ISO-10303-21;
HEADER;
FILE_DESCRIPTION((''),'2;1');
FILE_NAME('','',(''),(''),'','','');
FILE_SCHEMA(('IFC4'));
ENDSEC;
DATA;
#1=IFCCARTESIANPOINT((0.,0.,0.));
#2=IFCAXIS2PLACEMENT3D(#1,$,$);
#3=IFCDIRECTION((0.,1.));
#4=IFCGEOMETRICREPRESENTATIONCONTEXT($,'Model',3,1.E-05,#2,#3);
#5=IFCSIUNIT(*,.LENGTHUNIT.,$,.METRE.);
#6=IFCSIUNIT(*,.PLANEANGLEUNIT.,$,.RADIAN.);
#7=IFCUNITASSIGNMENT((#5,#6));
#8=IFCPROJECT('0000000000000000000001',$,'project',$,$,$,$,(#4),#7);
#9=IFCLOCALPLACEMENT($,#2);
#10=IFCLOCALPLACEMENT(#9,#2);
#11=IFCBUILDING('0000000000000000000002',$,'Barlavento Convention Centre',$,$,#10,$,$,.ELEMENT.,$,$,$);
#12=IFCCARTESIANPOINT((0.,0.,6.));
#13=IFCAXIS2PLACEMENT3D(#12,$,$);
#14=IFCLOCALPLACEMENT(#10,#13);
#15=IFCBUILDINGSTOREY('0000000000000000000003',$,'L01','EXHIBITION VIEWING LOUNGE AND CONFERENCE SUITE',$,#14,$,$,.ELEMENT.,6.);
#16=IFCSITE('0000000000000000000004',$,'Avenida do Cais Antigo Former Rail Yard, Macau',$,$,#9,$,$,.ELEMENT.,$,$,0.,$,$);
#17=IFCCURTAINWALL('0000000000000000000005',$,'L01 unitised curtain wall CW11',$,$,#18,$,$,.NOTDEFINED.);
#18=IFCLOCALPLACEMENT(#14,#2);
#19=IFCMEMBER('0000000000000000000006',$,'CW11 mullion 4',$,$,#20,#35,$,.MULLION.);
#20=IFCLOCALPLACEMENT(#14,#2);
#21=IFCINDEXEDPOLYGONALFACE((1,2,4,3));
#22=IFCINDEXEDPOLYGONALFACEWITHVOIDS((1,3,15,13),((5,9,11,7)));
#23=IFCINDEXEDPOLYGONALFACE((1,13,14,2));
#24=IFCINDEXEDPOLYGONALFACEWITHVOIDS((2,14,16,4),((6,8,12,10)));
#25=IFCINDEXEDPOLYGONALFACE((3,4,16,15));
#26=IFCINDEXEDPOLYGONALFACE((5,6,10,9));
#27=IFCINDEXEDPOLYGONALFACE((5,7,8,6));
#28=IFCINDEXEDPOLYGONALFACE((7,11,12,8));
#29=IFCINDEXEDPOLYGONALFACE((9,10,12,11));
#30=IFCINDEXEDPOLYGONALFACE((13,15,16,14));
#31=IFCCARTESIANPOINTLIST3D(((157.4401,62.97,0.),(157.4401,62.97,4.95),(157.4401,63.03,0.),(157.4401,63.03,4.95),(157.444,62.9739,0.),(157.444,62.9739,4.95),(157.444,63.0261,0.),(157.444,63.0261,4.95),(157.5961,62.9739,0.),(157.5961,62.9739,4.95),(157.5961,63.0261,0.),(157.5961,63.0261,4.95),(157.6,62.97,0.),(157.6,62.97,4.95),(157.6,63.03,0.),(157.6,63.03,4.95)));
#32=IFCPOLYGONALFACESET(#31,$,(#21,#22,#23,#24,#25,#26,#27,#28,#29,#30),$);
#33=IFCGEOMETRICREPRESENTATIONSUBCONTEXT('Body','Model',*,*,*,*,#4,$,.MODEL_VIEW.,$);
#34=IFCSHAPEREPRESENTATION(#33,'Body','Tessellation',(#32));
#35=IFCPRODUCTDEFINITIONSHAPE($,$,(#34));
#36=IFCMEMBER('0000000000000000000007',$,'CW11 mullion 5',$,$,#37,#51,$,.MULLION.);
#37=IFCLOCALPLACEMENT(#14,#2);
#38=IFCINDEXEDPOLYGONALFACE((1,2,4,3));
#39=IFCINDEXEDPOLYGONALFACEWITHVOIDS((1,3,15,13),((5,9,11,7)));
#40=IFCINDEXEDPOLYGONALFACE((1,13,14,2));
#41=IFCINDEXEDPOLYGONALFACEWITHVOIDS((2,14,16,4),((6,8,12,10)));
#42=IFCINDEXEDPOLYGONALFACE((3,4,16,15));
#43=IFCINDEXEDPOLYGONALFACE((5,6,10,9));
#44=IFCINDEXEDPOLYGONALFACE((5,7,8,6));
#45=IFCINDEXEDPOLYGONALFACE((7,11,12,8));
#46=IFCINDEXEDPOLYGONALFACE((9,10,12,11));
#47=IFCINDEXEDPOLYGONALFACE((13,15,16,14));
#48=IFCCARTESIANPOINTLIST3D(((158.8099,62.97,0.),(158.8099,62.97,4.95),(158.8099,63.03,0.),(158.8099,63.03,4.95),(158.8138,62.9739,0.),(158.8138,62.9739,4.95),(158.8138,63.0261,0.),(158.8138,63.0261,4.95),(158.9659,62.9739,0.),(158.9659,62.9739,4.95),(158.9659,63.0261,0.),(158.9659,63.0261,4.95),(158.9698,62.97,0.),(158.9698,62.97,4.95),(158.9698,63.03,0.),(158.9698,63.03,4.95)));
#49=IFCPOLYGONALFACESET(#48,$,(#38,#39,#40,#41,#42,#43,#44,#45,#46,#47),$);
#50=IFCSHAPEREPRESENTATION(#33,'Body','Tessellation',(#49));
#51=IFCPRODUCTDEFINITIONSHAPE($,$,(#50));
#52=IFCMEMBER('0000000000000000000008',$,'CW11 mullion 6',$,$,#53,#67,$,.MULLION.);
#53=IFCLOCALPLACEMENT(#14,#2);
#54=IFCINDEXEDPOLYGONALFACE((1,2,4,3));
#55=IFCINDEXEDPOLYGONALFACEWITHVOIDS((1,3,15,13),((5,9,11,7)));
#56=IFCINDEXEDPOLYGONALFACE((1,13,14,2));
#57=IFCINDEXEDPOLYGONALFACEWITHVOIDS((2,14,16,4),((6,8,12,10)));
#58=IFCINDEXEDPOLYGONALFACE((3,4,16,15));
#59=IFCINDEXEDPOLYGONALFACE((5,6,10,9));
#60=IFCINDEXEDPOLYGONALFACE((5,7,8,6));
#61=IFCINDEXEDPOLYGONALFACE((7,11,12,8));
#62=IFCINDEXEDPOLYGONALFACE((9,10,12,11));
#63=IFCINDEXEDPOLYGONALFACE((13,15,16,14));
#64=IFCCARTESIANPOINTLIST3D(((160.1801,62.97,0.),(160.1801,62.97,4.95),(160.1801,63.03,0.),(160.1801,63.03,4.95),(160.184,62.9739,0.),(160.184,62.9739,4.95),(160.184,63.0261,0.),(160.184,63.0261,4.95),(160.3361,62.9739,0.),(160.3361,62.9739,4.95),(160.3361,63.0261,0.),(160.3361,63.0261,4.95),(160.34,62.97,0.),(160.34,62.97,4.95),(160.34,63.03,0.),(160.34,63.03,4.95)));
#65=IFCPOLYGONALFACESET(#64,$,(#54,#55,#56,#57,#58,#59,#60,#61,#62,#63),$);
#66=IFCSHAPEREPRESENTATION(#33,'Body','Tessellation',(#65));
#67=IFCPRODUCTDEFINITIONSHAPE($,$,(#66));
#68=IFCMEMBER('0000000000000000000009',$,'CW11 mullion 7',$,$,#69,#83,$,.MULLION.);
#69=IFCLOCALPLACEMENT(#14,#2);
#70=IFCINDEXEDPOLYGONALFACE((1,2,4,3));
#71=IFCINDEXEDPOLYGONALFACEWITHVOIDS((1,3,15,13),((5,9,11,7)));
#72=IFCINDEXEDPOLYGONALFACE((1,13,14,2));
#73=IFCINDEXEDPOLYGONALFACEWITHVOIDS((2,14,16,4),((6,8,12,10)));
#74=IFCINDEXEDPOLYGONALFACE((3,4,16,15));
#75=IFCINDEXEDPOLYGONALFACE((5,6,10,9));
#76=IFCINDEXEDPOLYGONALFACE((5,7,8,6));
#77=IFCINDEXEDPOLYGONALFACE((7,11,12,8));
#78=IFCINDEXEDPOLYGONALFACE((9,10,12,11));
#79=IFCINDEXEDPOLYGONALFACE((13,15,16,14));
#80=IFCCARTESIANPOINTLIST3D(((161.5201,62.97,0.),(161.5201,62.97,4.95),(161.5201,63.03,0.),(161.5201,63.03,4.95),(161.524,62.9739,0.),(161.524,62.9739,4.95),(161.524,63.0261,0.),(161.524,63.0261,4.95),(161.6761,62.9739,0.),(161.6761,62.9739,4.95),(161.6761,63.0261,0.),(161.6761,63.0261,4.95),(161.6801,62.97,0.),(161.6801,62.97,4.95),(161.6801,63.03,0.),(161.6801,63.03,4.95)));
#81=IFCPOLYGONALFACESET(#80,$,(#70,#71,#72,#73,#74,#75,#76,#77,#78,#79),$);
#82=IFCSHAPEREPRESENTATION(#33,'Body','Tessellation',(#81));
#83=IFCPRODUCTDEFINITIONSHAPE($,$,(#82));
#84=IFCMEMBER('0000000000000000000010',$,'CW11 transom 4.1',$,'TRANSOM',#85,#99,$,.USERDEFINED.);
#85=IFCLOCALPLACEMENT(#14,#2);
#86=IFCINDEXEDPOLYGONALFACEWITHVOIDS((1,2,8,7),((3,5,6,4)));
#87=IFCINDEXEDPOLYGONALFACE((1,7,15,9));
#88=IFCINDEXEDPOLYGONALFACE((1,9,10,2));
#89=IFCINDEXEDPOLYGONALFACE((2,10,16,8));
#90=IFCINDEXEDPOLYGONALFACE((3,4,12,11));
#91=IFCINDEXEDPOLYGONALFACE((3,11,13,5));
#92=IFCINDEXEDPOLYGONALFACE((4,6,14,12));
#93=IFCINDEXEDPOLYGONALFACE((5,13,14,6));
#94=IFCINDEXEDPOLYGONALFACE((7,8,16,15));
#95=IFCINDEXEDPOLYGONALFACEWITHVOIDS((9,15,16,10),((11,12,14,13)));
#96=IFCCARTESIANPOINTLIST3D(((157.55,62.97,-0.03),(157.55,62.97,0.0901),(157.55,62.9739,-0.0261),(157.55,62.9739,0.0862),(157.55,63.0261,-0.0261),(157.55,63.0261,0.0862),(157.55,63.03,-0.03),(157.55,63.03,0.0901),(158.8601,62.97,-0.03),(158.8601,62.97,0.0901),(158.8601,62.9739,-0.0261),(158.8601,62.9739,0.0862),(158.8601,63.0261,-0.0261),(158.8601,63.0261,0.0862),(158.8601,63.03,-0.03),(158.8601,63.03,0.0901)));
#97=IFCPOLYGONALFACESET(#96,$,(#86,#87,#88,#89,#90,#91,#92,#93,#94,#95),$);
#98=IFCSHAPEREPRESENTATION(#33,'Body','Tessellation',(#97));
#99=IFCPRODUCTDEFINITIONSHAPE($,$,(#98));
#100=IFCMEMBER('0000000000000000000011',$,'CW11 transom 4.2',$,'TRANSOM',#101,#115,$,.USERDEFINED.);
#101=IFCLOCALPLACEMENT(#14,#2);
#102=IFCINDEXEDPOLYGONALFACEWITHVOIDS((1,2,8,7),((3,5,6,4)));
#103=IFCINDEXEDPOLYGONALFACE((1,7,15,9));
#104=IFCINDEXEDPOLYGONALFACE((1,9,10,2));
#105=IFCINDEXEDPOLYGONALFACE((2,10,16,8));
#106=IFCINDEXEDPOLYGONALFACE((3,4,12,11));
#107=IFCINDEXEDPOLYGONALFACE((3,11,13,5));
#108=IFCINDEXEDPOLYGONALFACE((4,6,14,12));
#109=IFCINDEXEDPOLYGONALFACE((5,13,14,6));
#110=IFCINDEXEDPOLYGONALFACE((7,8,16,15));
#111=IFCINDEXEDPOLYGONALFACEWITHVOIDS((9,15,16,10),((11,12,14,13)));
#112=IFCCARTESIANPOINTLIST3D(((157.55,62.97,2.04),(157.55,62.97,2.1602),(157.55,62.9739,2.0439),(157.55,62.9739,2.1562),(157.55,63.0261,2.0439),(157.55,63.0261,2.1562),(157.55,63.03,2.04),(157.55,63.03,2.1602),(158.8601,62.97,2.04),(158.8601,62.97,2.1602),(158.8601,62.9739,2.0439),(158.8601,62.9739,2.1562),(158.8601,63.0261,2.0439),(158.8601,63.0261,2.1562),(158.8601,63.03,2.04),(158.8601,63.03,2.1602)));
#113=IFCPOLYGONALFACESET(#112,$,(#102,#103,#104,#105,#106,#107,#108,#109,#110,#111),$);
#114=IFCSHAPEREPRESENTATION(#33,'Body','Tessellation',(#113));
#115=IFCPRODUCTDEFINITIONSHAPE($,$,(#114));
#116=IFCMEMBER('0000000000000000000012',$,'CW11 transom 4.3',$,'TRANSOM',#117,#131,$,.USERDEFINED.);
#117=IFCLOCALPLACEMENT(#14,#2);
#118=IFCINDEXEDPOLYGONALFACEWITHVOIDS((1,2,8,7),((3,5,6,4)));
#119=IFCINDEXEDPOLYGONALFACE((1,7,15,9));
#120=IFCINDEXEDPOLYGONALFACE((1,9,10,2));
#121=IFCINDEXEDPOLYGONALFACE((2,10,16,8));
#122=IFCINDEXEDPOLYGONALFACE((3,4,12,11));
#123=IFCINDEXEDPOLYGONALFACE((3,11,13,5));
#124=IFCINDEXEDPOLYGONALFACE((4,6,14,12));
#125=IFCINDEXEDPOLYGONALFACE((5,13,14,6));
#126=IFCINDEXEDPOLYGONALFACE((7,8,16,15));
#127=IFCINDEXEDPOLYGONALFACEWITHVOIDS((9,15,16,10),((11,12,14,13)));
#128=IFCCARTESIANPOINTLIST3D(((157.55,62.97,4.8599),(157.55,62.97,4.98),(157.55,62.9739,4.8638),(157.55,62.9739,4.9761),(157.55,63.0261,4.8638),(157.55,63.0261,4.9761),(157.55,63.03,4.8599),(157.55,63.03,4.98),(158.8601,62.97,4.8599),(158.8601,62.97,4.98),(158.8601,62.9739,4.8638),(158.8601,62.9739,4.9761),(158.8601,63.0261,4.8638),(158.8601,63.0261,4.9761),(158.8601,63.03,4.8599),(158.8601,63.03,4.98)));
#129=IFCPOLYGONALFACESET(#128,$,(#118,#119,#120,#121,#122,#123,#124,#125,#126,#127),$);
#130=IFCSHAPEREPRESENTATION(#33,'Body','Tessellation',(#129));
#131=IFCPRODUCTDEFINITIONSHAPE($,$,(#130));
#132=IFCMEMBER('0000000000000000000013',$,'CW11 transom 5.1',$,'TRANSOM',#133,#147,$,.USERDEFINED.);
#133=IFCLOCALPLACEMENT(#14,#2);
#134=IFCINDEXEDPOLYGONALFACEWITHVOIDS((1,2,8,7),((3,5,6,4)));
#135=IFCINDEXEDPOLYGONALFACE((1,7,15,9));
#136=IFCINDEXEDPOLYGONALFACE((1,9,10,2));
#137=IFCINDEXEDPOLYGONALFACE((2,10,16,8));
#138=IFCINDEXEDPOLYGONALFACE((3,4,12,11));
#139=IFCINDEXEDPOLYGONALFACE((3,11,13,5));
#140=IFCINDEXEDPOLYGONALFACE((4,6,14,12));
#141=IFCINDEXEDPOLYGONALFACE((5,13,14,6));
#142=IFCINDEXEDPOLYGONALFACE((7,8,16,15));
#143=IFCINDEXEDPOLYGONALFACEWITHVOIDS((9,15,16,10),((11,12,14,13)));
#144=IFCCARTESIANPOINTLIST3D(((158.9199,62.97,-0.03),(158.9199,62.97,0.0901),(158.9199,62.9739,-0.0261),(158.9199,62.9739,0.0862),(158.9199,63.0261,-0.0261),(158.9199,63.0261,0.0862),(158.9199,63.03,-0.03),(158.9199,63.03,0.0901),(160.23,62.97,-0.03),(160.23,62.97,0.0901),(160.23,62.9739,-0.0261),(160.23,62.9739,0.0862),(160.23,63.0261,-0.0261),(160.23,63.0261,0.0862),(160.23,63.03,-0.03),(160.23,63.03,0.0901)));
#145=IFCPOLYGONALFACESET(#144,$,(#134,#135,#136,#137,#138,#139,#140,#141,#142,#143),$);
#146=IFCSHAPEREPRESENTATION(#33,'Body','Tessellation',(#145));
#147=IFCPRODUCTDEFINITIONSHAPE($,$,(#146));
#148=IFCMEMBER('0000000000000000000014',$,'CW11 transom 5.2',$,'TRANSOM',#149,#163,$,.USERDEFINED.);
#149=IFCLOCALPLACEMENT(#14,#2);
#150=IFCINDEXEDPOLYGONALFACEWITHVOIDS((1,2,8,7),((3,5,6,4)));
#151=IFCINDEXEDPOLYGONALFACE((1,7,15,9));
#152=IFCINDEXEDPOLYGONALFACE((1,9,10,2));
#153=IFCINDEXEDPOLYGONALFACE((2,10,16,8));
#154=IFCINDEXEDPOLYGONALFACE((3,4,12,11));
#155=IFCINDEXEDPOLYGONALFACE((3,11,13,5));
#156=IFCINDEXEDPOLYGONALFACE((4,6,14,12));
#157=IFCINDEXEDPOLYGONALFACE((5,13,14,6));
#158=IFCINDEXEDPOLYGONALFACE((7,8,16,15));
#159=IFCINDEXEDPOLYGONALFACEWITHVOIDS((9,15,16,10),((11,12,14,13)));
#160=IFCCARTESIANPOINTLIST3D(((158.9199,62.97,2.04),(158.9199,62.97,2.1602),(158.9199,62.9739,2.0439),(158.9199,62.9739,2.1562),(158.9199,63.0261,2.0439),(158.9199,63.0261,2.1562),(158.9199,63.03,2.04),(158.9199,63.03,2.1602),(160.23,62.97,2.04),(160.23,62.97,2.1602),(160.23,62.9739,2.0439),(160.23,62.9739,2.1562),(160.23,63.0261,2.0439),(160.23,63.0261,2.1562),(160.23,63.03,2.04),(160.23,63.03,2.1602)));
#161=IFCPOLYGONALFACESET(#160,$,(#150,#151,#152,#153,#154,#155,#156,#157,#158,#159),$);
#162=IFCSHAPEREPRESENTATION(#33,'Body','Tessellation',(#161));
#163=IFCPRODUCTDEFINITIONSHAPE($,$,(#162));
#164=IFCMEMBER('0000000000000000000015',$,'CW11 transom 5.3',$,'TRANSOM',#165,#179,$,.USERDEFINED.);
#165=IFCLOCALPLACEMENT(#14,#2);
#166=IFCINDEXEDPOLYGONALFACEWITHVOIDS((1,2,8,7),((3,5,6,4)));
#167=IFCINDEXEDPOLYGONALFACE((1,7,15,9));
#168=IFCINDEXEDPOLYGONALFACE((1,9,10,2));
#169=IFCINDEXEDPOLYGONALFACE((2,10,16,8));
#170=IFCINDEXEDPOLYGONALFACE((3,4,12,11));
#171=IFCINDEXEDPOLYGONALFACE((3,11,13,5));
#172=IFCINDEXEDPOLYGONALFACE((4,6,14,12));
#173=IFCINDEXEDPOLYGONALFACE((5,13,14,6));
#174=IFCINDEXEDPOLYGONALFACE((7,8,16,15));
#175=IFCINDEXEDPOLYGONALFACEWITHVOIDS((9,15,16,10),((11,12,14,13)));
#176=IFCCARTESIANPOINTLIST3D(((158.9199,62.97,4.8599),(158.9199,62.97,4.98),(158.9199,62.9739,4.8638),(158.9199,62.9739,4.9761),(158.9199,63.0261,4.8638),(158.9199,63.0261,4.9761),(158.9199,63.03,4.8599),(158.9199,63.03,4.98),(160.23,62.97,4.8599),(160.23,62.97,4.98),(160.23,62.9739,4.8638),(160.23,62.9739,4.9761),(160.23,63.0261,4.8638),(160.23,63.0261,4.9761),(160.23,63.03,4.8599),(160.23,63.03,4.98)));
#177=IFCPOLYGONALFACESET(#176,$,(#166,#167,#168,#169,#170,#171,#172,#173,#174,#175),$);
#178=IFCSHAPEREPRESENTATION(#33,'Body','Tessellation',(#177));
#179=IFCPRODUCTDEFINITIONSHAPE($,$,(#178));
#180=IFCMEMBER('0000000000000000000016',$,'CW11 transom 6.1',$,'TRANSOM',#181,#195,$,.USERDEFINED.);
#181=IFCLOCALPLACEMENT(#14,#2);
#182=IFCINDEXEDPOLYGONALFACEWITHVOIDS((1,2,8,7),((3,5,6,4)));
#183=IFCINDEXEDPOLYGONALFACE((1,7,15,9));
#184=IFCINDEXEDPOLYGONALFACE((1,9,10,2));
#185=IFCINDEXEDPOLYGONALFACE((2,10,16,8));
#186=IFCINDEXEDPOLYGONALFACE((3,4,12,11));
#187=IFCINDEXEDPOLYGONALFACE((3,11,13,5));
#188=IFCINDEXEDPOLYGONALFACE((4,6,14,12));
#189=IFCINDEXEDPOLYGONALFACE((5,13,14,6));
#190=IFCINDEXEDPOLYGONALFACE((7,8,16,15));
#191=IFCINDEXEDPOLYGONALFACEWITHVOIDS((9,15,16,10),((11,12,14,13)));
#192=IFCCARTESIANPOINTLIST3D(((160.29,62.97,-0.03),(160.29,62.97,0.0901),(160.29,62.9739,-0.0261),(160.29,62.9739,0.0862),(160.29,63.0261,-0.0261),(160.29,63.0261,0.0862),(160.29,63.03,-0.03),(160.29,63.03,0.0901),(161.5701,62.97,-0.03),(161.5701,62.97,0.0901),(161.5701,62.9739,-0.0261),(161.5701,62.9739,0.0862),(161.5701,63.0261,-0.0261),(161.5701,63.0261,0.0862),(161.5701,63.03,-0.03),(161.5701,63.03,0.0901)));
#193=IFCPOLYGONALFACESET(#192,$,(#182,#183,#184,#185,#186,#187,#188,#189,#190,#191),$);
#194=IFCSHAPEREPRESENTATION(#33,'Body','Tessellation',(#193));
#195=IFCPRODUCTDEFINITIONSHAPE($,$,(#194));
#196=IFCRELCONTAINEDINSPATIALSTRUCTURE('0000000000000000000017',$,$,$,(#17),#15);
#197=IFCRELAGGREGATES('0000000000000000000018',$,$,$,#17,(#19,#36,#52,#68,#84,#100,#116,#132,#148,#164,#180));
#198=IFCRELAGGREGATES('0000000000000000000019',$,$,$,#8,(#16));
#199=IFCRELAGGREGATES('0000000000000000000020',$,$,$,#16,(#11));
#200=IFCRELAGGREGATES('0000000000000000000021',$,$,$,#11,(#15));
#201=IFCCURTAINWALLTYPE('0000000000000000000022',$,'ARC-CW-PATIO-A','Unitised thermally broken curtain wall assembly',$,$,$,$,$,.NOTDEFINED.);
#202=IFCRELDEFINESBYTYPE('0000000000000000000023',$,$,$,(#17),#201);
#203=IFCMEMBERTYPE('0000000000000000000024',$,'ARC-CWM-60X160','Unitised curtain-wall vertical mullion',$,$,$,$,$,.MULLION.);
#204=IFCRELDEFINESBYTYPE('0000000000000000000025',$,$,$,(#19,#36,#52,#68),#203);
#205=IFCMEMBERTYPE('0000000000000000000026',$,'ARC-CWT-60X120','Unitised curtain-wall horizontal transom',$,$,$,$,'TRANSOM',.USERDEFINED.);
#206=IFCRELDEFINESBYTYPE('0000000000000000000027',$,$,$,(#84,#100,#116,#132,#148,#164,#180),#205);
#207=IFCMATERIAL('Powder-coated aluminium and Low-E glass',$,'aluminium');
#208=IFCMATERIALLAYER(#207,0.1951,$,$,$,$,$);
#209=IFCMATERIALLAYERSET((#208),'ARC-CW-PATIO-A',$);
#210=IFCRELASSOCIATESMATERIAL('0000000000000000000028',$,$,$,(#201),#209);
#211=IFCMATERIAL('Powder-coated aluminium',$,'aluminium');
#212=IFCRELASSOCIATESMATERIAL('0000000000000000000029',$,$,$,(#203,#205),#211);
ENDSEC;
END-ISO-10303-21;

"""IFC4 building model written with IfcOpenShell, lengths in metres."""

from ifc_helpers import new_model, si_unit, direction, frame, origin, origin_2d, place, context, subcontext, project, spatial, hollow_rectangle, extrude, material, layer, layer_set, material_profile, profile_set, type_object, element, aggregate, save


model = new_model("IFC4")

# Units and contexts
model_context = context("Model", 3, precision=1e-05, world=origin(), true_north=direction((0.0, 1.0)))
body_context = subcontext(model_context, "Body", "Model", "MODEL_VIEW")
ifc_project = project(units=[si_unit("LENGTHUNIT", "METRE"), si_unit("PLANEANGLEUNIT", "RADIAN")], contexts=[model_context])

# Site, building, storey
site_placement = place(None, origin())
site = spatial("IfcSite", under=ifc_project, at=site_placement, Name="Avenida do Cais Antigo Former Rail Yard, Macau", CompositionType="ELEMENT", RefElevation=0.0)
building_placement = place(site_placement, origin())
building = spatial("IfcBuilding", under=site, at=building_placement, Name="Barlavento Convention Centre", CompositionType="ELEMENT")
storey_placement = place(building_placement, frame((0.0, 0.0, 6.0)))
storey = spatial("IfcBuildingStorey", under=building, at=storey_placement, Name="L01", Description="EXHIBITION VIEWING LOUNGE AND CONFERENCE SUITE", CompositionType="ELEMENT", Elevation=6.0)

# Curtain wall, members
ifc_material_1 = material(Name="Powder-coated aluminium and Low-E glass", Category="aluminium")
ifc_layer_1 = layer(ifc_material_1, 0.1951)
ifc_layer_set_1 = layer_set([ifc_layer_1], Name="ARC-CW-PATIO-A")
curtain_wall_type = type_object("IfcCurtainWallType", Name="ARC-CW-PATIO-A", Description="Unitised thermally broken curtain wall assembly", PredefinedType="NOTDEFINED", material=ifc_layer_set_1)
curtain_wall_placement = place(storey_placement, origin())
curtain_wall = element("IfcCurtainWall", 1, at=curtain_wall_placement, inside=storey, type_object=curtain_wall_type, Name="L01 unitised curtain wall CW11", PredefinedType="NOTDEFINED")
ifc_material_2 = material(Name="Powder-coated aluminium", Category="aluminium")
ifc_material_profile_1 = material_profile(ifc_material_2, hollow_rectangle(XDim=0.0601, YDim=0.1599, WallThickness=0.0039, at=origin_2d()), Name="AL-MULL 60x160x4")
ifc_profile_set_1 = profile_set([ifc_material_profile_1], Name="Powder-coated aluminium")
member_type_1 = type_object("IfcMemberType", Name="ARC-CWM-60X160", Description="Unitised curtain-wall vertical mullion", PredefinedType="MULLION", material=ifc_profile_set_1)
member_1_placement = place(storey_placement, frame((157.52, 63.0, 0.0), z_axis=(0.0, 0.0, 1.0), x_axis=(0.0, 1.0, 0.0)))
member_1 = element("IfcMember", 2, at=member_1_placement, type_object=member_type_1, Name="CW11 mullion 4", PredefinedType="MULLION", context=body_context, shape_type="SweptSolid", body=[
    extrude(hollow_rectangle(XDim=0.0601, YDim=0.1599, WallThickness=0.0039, at=origin_2d()), origin(), (0.0, 0.0, 1.0), 4.95),
])
member_2_placement = place(storey_placement, frame((158.8899, 63.0, 0.0), z_axis=(0.0, 0.0, 1.0), x_axis=(0.0, 1.0, 0.0)))
member_2 = element("IfcMember", 3, at=member_2_placement, type_object=member_type_1, Name="CW11 mullion 5", PredefinedType="MULLION", context=body_context, shape_type="SweptSolid", body=[
    extrude(hollow_rectangle(XDim=0.0601, YDim=0.1599, WallThickness=0.0039, at=origin_2d()), origin(), (0.0, 0.0, 1.0), 4.95),
])
member_3_placement = place(storey_placement, frame((160.26, 63.0, 0.0), z_axis=(0.0, 0.0, 1.0), x_axis=(0.0, 1.0, 0.0)))
member_3 = element("IfcMember", 4, at=member_3_placement, type_object=member_type_1, Name="CW11 mullion 6", PredefinedType="MULLION", context=body_context, shape_type="SweptSolid", body=[
    extrude(hollow_rectangle(XDim=0.0601, YDim=0.1599, WallThickness=0.0039, at=origin_2d()), origin(), (0.0, 0.0, 1.0), 4.95),
])
member_4_placement = place(storey_placement, frame((161.6001, 63.0, 0.0), z_axis=(0.0, 0.0, 1.0), x_axis=(0.0, 1.0, 0.0)))
member_4 = element("IfcMember", 5, at=member_4_placement, type_object=member_type_1, Name="CW11 mullion 7", PredefinedType="MULLION", context=body_context, shape_type="SweptSolid", body=[
    extrude(hollow_rectangle(XDim=0.0601, YDim=0.1599, WallThickness=0.0039, at=origin_2d()), origin(), (0.0, 0.0, 1.0), 4.95),
])
ifc_material_profile_2 = material_profile(ifc_material_2, hollow_rectangle(XDim=0.0601, YDim=0.1201, WallThickness=0.0039, at=origin_2d()), Name="AL-TRAN 60x120x4")
ifc_profile_set_2 = profile_set([ifc_material_profile_2], Name="Powder-coated aluminium")
member_type_2 = type_object("IfcMemberType", Name="ARC-CWT-60X120", Description="Unitised curtain-wall horizontal transom", ElementType="TRANSOM", PredefinedType="USERDEFINED", material=ifc_profile_set_2)
member_5_placement = place(storey_placement, frame((157.55, 63.0, 0.03), z_axis=(1.0, 0.0, 0.0), x_axis=(0.0, 1.0, 0.0)))
member_5 = element("IfcMember", 6, at=member_5_placement, type_object=member_type_2, Name="CW11 transom 4.1", ObjectType="TRANSOM", PredefinedType="USERDEFINED", context=body_context, shape_type="SweptSolid", body=[
    extrude(hollow_rectangle(XDim=0.0601, YDim=0.1201, WallThickness=0.0039, at=origin_2d()), origin(), (0.0, 0.0, 1.0), 1.3101),
])
member_6_placement = place(storey_placement, frame((157.55, 63.0, 2.1001), z_axis=(1.0, 0.0, 0.0), x_axis=(0.0, 1.0, 0.0)))
member_6 = element("IfcMember", 7, at=member_6_placement, type_object=member_type_2, Name="CW11 transom 4.2", ObjectType="TRANSOM", PredefinedType="USERDEFINED", context=body_context, shape_type="SweptSolid", body=[
    extrude(hollow_rectangle(XDim=0.0601, YDim=0.1201, WallThickness=0.0039, at=origin_2d()), origin(), (0.0, 0.0, 1.0), 1.3101),
])
member_7_placement = place(storey_placement, frame((157.55, 63.0, 4.9199), z_axis=(1.0, 0.0, 0.0), x_axis=(0.0, 1.0, 0.0)))
member_7 = element("IfcMember", 8, at=member_7_placement, type_object=member_type_2, Name="CW11 transom 4.3", ObjectType="TRANSOM", PredefinedType="USERDEFINED", context=body_context, shape_type="SweptSolid", body=[
    extrude(hollow_rectangle(XDim=0.0601, YDim=0.1201, WallThickness=0.0039, at=origin_2d()), origin(), (0.0, 0.0, 1.0), 1.3101),
])
member_8_placement = place(storey_placement, frame((158.9199, 63.0, 0.03), z_axis=(1.0, 0.0, 0.0), x_axis=(0.0, 1.0, 0.0)))
member_8 = element("IfcMember", 9, at=member_8_placement, type_object=member_type_2, Name="CW11 transom 5.1", ObjectType="TRANSOM", PredefinedType="USERDEFINED", context=body_context, shape_type="SweptSolid", body=[
    extrude(hollow_rectangle(XDim=0.0601, YDim=0.1201, WallThickness=0.0039, at=origin_2d()), origin(), (0.0, 0.0, 1.0), 1.3101),
])
member_9_placement = place(storey_placement, frame((158.9199, 63.0, 2.1001), z_axis=(1.0, 0.0, 0.0), x_axis=(0.0, 1.0, 0.0)))
member_9 = element("IfcMember", 10, at=member_9_placement, type_object=member_type_2, Name="CW11 transom 5.2", ObjectType="TRANSOM", PredefinedType="USERDEFINED", context=body_context, shape_type="SweptSolid", body=[
    extrude(hollow_rectangle(XDim=0.0601, YDim=0.1201, WallThickness=0.0039, at=origin_2d()), origin(), (0.0, 0.0, 1.0), 1.3101),
])
member_10_placement = place(storey_placement, frame((158.9199, 63.0, 4.9199), z_axis=(1.0, 0.0, 0.0), x_axis=(0.0, 1.0, 0.0)))
member_10 = element("IfcMember", 11, at=member_10_placement, type_object=member_type_2, Name="CW11 transom 5.3", ObjectType="TRANSOM", PredefinedType="USERDEFINED", context=body_context, shape_type="SweptSolid", body=[
    extrude(hollow_rectangle(XDim=0.0601, YDim=0.1201, WallThickness=0.0039, at=origin_2d()), origin(), (0.0, 0.0, 1.0), 1.3101),
])
member_11_placement = place(storey_placement, frame((160.29, 63.0, 0.03), z_axis=(1.0, 0.0, 0.0), x_axis=(0.0, 1.0, 0.0)))
member_11 = element("IfcMember", 12, at=member_11_placement, type_object=member_type_2, Name="CW11 transom 6.1", ObjectType="TRANSOM", PredefinedType="USERDEFINED", context=body_context, shape_type="SweptSolid", body=[
    extrude(hollow_rectangle(XDim=0.0601, YDim=0.1201, WallThickness=0.0039, at=origin_2d()), origin(), (0.0, 0.0, 1.0), 1.28),
])
aggregate(curtain_wall, [member_1, member_2, member_3, member_4, member_5, member_6, member_7, member_8, member_9, member_10, member_11])

save(model, "model.ifc")
